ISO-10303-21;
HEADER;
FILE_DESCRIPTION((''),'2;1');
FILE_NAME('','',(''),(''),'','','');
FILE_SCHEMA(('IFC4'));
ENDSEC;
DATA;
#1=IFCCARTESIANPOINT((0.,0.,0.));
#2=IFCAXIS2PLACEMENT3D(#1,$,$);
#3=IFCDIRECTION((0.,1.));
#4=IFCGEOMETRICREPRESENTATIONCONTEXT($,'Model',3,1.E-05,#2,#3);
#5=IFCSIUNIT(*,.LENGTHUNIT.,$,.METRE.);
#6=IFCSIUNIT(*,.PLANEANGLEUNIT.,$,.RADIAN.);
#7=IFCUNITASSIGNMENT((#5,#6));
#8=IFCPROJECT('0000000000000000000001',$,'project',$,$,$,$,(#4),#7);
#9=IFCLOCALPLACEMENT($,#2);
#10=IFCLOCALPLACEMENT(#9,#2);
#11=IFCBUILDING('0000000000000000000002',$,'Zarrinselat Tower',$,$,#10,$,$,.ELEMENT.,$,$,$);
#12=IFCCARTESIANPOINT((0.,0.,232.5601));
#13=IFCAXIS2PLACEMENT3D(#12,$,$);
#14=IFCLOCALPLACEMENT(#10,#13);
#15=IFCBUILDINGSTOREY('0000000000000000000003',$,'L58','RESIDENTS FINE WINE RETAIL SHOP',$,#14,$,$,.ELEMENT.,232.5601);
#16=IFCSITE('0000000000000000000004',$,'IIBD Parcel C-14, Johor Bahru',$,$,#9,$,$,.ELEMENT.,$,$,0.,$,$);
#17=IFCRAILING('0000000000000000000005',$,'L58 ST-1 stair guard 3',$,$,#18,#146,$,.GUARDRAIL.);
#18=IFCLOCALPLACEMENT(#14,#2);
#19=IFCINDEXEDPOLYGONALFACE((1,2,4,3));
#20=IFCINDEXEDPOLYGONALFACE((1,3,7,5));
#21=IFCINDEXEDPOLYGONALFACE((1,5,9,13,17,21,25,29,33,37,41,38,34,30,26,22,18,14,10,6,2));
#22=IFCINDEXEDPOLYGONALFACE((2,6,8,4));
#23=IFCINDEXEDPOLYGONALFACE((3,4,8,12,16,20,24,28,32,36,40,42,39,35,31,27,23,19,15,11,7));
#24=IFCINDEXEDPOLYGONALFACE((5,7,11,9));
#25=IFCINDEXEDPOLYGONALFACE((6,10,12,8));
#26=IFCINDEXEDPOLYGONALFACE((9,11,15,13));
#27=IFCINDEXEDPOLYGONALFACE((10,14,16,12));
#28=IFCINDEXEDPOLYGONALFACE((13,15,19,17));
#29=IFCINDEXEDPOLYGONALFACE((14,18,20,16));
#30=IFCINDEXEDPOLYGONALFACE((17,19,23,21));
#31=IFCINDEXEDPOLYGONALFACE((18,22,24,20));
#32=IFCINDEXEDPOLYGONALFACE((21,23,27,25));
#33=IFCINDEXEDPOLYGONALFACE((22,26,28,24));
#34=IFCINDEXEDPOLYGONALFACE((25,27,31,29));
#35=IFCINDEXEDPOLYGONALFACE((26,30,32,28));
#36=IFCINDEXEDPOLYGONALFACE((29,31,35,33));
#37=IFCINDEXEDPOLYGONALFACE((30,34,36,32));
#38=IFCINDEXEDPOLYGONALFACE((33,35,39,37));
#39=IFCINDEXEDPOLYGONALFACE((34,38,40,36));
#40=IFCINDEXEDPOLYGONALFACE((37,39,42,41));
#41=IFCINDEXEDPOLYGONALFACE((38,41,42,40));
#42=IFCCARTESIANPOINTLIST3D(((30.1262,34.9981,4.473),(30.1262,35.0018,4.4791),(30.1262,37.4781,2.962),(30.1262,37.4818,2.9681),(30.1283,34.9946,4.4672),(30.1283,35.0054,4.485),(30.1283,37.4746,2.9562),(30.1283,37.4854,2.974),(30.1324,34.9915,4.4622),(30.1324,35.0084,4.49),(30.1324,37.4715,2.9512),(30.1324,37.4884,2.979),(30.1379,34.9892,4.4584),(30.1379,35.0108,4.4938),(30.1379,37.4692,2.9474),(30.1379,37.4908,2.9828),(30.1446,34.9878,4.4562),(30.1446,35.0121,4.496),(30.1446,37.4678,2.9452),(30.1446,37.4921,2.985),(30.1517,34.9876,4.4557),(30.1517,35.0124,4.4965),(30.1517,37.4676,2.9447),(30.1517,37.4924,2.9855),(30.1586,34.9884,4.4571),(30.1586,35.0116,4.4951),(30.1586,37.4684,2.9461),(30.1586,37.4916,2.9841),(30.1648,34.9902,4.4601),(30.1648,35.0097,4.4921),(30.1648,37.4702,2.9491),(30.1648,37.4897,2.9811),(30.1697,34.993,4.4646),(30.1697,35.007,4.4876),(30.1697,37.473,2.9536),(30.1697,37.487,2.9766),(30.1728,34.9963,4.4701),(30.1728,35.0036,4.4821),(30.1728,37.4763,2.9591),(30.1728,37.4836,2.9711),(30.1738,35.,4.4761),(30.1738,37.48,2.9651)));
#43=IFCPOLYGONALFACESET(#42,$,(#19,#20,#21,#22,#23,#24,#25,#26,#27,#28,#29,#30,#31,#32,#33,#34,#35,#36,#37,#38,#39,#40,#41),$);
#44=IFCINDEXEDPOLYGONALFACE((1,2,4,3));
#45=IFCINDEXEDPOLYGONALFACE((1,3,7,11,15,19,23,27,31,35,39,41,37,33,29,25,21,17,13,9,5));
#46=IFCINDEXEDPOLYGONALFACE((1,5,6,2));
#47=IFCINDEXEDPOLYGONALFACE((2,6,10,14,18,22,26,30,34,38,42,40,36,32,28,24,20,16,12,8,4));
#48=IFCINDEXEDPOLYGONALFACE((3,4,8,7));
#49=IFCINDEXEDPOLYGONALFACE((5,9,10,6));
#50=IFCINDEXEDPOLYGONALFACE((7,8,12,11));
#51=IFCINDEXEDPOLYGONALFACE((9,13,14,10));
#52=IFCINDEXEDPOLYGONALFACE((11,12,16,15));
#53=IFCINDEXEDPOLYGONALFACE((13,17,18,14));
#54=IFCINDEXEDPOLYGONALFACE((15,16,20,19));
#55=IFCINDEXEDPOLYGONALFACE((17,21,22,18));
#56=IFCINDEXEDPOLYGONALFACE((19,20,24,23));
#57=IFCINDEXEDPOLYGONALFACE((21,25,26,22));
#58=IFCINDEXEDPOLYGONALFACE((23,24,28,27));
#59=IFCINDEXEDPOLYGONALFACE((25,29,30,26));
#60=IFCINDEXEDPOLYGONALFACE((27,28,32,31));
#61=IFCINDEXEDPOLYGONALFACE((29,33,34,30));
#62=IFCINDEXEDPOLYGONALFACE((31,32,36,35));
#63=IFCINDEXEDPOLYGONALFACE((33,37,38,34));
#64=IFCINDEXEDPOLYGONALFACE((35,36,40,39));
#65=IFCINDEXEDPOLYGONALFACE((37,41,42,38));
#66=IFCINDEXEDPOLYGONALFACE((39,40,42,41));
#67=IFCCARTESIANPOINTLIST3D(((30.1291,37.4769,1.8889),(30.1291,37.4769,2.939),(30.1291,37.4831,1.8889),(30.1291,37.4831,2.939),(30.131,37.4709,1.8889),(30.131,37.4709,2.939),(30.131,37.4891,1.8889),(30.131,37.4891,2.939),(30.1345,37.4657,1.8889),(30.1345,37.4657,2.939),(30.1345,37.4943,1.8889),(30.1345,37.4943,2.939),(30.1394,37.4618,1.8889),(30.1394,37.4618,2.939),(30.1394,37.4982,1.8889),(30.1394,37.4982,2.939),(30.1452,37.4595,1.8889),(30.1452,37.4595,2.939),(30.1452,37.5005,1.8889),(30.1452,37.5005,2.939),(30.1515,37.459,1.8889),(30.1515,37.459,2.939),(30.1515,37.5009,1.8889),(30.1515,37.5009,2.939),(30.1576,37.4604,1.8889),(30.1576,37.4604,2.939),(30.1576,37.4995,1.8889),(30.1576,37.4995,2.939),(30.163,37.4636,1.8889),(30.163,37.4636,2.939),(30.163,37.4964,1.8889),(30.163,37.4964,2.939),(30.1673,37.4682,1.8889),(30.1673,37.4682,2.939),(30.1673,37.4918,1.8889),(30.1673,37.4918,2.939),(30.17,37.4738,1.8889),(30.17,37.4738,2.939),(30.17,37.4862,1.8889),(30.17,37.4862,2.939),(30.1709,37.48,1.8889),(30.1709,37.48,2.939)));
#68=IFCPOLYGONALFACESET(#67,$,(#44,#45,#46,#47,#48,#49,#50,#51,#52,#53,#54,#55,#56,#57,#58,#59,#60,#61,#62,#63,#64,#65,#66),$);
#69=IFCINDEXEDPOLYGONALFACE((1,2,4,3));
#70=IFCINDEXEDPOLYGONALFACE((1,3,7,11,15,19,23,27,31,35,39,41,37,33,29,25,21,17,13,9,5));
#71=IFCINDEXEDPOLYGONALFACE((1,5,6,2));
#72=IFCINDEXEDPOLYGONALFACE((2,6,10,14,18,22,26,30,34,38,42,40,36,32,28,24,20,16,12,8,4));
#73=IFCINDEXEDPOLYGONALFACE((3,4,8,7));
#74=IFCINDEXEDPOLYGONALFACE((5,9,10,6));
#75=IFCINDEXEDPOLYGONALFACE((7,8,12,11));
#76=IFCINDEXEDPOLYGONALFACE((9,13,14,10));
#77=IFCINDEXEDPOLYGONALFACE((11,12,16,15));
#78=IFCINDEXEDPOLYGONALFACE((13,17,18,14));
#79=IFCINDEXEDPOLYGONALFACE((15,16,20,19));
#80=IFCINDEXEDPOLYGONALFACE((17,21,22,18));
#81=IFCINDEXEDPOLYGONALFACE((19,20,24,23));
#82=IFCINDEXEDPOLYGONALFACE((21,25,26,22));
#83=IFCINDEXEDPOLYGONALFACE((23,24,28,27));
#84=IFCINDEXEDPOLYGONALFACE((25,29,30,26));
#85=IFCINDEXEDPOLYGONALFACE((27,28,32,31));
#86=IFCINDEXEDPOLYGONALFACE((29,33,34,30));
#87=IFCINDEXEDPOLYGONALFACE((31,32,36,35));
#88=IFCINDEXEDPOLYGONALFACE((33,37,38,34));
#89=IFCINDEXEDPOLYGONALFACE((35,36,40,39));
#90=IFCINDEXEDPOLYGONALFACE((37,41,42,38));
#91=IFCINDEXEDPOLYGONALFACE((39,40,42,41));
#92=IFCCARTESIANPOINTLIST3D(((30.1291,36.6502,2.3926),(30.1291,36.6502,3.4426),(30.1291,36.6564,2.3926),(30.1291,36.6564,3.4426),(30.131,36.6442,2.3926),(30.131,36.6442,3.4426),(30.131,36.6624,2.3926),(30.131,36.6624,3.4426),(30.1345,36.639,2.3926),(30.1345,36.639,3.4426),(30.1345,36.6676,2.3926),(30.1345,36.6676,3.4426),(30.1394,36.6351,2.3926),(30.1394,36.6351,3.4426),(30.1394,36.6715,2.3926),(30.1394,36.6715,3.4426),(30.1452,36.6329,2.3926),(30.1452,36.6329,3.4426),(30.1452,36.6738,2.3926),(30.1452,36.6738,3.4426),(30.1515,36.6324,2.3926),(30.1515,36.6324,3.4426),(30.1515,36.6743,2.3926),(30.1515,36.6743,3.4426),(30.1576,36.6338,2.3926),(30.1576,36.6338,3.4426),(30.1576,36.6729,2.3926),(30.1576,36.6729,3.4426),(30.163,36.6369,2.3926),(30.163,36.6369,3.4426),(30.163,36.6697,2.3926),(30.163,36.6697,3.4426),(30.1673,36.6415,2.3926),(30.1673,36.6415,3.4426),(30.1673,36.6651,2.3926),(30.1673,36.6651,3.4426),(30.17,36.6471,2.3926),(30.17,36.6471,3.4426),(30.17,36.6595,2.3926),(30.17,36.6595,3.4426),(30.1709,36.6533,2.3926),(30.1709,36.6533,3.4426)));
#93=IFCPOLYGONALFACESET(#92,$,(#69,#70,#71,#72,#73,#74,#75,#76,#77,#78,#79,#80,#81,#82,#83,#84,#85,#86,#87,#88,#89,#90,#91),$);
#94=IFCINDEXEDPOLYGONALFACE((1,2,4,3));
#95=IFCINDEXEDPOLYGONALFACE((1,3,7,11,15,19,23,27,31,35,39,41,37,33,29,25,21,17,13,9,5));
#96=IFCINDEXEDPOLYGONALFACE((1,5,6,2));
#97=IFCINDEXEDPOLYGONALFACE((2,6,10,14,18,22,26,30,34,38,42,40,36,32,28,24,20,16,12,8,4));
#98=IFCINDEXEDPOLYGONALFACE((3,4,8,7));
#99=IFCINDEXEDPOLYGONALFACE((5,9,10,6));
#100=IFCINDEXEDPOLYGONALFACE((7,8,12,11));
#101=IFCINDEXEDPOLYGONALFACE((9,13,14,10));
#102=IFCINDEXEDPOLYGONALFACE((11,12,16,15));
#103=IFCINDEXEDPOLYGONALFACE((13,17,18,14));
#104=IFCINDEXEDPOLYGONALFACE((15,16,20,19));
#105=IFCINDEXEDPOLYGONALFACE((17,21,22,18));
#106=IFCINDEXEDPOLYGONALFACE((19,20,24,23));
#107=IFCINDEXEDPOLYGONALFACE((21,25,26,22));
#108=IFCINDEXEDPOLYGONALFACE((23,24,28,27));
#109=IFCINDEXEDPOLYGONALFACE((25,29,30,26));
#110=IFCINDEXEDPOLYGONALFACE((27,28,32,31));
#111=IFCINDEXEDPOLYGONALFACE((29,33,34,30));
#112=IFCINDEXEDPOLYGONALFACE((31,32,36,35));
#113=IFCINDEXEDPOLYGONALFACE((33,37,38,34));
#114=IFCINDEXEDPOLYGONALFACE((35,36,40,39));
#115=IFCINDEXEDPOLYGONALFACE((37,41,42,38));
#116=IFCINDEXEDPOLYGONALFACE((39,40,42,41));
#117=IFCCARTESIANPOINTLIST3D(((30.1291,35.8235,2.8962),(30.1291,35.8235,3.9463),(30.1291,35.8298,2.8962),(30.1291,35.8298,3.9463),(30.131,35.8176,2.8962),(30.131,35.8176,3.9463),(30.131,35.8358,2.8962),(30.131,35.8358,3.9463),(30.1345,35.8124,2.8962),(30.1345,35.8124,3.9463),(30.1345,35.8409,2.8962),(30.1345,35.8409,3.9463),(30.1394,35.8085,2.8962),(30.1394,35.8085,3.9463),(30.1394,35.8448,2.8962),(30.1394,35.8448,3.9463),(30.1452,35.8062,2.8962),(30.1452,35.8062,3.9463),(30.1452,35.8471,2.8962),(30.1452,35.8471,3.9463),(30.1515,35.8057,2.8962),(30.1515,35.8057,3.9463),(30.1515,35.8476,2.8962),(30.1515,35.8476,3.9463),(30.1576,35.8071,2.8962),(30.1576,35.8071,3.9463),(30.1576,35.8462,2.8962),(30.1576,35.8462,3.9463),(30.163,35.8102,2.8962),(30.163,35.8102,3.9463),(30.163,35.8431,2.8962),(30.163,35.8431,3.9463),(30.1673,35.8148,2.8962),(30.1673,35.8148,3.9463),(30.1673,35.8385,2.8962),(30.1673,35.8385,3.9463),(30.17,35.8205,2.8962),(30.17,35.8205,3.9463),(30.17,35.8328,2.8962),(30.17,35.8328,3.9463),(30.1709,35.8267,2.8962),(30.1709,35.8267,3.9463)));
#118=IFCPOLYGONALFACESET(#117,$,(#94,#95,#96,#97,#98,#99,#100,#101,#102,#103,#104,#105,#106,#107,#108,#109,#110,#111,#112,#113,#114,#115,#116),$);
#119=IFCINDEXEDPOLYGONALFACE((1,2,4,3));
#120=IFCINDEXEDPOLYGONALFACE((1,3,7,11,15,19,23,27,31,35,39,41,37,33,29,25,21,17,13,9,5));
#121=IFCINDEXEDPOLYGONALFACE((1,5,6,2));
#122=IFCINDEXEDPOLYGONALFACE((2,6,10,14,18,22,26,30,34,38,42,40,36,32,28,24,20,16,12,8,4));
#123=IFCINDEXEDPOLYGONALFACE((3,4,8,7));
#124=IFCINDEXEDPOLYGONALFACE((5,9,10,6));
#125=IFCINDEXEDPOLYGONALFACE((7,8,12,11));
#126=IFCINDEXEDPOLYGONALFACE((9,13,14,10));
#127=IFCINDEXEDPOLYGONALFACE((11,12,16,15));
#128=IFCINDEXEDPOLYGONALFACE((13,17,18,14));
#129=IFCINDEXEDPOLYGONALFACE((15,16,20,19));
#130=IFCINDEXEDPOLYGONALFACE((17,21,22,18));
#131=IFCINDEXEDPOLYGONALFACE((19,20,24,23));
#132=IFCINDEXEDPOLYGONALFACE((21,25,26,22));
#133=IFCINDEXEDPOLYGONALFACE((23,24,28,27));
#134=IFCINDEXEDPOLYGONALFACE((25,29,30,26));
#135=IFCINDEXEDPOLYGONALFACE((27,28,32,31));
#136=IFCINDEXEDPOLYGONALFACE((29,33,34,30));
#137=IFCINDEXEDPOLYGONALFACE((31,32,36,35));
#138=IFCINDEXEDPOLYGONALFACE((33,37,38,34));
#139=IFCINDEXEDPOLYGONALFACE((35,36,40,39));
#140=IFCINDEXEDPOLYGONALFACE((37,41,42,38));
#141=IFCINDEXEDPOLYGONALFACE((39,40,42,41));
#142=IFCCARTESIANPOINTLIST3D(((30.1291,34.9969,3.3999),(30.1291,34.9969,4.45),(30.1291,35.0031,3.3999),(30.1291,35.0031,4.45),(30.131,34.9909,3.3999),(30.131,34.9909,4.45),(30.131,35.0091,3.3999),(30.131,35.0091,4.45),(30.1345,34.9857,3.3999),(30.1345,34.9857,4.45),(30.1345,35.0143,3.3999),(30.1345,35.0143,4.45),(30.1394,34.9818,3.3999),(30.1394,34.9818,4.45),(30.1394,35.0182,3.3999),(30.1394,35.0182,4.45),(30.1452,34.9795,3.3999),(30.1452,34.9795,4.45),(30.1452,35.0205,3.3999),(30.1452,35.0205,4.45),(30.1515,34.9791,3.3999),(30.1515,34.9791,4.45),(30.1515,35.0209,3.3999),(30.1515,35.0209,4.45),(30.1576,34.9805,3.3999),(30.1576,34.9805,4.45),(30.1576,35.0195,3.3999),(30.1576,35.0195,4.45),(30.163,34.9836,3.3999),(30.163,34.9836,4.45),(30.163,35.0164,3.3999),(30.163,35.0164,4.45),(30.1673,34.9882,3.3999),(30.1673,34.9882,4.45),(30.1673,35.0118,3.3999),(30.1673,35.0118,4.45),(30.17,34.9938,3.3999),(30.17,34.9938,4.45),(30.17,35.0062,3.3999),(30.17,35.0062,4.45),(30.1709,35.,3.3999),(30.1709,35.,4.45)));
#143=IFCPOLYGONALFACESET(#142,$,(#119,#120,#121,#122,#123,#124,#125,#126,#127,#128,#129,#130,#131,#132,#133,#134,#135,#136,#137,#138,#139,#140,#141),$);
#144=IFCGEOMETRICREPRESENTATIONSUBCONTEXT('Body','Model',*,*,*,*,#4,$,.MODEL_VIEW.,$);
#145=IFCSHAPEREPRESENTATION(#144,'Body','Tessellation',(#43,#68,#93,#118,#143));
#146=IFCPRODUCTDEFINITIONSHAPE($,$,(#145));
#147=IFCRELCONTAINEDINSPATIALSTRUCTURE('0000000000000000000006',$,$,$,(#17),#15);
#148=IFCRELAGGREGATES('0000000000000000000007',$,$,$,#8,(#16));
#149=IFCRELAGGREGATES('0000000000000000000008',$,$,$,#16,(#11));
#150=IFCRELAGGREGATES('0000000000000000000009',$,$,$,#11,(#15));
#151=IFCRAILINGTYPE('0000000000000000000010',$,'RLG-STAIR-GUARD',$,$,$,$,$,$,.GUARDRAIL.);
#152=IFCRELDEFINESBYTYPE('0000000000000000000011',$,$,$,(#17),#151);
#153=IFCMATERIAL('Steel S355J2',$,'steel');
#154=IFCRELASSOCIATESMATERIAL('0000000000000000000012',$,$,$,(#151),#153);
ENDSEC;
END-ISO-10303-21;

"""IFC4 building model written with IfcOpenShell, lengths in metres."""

from ifc_helpers import new_model, si_unit, direction, frame, origin, origin_2d, place, context, subcontext, project, spatial, circle, extrude, material, type_object, element, save


model = new_model("IFC4")

# Units and contexts
model_context = context("Model", 3, precision=1e-05, world=origin(), true_north=direction((0.0, 1.0)))
body_context = subcontext(model_context, "Body", "Model", "MODEL_VIEW")
ifc_project = project(units=[si_unit("LENGTHUNIT", "METRE"), si_unit("PLANEANGLEUNIT", "RADIAN")], contexts=[model_context])

# Site, building, storey
site_placement = place(None, origin())
site = spatial("IfcSite", under=ifc_project, at=site_placement, Name="IIBD Parcel C-14, Johor Bahru", CompositionType="ELEMENT", RefElevation=0.0)
building_placement = place(site_placement, origin())
building = spatial("IfcBuilding", under=site, at=building_placement, Name="Zarrinselat Tower", CompositionType="ELEMENT")
storey_placement = place(building_placement, frame((0.0, 0.0, 232.5601)))
storey = spatial("IfcBuildingStorey", under=building, at=storey_placement, Name="L58", Description="RESIDENTS FINE WINE RETAIL SHOP", CompositionType="ELEMENT", Elevation=232.5601)

# Railing
ifc_material_1 = material(Name="Steel S355J2", Category="steel")
railing_type_1 = type_object("IfcRailingType", Name="RLG-STAIR-GUARD", PredefinedType="GUARDRAIL", material=ifc_material_1)
railing_1_placement = place(storey_placement, frame((30.1499, 37.48, 1.8889)))
element("IfcRailing", 1, at=railing_1_placement, inside=storey, type_object=railing_type_1, Name="L58 ST-1 stair guard 3", PredefinedType="GUARDRAIL", context=body_context, shape_type="SweptSolid", body=[
    extrude(circle(Radius=0.0239, at=origin_2d()), frame((0.0, 0.0, 1.0762), z_axis=(0.0, -0.853979, 0.520307), x_axis=(1.0, 0.0, 0.0)), (0.0, 0.0, 1.0), 2.9041),
    extrude(circle(Radius=0.021, at=origin_2d()), origin(), (0.0, 0.0, 1.0), 1.05),
    extrude(circle(Radius=0.021, at=origin_2d()), frame((0.0, -0.8267, 0.5037)), (0.0, 0.0, 1.0), 1.05),
    extrude(circle(Radius=0.021, at=origin_2d()), frame((0.0, -1.6533, 1.0073)), (0.0, 0.0, 1.0), 1.05),
    extrude(circle(Radius=0.021, at=origin_2d()), frame((0.0, -2.48, 1.511)), (0.0, 0.0, 1.0), 1.05),
])

save(model, "model.ifc")
